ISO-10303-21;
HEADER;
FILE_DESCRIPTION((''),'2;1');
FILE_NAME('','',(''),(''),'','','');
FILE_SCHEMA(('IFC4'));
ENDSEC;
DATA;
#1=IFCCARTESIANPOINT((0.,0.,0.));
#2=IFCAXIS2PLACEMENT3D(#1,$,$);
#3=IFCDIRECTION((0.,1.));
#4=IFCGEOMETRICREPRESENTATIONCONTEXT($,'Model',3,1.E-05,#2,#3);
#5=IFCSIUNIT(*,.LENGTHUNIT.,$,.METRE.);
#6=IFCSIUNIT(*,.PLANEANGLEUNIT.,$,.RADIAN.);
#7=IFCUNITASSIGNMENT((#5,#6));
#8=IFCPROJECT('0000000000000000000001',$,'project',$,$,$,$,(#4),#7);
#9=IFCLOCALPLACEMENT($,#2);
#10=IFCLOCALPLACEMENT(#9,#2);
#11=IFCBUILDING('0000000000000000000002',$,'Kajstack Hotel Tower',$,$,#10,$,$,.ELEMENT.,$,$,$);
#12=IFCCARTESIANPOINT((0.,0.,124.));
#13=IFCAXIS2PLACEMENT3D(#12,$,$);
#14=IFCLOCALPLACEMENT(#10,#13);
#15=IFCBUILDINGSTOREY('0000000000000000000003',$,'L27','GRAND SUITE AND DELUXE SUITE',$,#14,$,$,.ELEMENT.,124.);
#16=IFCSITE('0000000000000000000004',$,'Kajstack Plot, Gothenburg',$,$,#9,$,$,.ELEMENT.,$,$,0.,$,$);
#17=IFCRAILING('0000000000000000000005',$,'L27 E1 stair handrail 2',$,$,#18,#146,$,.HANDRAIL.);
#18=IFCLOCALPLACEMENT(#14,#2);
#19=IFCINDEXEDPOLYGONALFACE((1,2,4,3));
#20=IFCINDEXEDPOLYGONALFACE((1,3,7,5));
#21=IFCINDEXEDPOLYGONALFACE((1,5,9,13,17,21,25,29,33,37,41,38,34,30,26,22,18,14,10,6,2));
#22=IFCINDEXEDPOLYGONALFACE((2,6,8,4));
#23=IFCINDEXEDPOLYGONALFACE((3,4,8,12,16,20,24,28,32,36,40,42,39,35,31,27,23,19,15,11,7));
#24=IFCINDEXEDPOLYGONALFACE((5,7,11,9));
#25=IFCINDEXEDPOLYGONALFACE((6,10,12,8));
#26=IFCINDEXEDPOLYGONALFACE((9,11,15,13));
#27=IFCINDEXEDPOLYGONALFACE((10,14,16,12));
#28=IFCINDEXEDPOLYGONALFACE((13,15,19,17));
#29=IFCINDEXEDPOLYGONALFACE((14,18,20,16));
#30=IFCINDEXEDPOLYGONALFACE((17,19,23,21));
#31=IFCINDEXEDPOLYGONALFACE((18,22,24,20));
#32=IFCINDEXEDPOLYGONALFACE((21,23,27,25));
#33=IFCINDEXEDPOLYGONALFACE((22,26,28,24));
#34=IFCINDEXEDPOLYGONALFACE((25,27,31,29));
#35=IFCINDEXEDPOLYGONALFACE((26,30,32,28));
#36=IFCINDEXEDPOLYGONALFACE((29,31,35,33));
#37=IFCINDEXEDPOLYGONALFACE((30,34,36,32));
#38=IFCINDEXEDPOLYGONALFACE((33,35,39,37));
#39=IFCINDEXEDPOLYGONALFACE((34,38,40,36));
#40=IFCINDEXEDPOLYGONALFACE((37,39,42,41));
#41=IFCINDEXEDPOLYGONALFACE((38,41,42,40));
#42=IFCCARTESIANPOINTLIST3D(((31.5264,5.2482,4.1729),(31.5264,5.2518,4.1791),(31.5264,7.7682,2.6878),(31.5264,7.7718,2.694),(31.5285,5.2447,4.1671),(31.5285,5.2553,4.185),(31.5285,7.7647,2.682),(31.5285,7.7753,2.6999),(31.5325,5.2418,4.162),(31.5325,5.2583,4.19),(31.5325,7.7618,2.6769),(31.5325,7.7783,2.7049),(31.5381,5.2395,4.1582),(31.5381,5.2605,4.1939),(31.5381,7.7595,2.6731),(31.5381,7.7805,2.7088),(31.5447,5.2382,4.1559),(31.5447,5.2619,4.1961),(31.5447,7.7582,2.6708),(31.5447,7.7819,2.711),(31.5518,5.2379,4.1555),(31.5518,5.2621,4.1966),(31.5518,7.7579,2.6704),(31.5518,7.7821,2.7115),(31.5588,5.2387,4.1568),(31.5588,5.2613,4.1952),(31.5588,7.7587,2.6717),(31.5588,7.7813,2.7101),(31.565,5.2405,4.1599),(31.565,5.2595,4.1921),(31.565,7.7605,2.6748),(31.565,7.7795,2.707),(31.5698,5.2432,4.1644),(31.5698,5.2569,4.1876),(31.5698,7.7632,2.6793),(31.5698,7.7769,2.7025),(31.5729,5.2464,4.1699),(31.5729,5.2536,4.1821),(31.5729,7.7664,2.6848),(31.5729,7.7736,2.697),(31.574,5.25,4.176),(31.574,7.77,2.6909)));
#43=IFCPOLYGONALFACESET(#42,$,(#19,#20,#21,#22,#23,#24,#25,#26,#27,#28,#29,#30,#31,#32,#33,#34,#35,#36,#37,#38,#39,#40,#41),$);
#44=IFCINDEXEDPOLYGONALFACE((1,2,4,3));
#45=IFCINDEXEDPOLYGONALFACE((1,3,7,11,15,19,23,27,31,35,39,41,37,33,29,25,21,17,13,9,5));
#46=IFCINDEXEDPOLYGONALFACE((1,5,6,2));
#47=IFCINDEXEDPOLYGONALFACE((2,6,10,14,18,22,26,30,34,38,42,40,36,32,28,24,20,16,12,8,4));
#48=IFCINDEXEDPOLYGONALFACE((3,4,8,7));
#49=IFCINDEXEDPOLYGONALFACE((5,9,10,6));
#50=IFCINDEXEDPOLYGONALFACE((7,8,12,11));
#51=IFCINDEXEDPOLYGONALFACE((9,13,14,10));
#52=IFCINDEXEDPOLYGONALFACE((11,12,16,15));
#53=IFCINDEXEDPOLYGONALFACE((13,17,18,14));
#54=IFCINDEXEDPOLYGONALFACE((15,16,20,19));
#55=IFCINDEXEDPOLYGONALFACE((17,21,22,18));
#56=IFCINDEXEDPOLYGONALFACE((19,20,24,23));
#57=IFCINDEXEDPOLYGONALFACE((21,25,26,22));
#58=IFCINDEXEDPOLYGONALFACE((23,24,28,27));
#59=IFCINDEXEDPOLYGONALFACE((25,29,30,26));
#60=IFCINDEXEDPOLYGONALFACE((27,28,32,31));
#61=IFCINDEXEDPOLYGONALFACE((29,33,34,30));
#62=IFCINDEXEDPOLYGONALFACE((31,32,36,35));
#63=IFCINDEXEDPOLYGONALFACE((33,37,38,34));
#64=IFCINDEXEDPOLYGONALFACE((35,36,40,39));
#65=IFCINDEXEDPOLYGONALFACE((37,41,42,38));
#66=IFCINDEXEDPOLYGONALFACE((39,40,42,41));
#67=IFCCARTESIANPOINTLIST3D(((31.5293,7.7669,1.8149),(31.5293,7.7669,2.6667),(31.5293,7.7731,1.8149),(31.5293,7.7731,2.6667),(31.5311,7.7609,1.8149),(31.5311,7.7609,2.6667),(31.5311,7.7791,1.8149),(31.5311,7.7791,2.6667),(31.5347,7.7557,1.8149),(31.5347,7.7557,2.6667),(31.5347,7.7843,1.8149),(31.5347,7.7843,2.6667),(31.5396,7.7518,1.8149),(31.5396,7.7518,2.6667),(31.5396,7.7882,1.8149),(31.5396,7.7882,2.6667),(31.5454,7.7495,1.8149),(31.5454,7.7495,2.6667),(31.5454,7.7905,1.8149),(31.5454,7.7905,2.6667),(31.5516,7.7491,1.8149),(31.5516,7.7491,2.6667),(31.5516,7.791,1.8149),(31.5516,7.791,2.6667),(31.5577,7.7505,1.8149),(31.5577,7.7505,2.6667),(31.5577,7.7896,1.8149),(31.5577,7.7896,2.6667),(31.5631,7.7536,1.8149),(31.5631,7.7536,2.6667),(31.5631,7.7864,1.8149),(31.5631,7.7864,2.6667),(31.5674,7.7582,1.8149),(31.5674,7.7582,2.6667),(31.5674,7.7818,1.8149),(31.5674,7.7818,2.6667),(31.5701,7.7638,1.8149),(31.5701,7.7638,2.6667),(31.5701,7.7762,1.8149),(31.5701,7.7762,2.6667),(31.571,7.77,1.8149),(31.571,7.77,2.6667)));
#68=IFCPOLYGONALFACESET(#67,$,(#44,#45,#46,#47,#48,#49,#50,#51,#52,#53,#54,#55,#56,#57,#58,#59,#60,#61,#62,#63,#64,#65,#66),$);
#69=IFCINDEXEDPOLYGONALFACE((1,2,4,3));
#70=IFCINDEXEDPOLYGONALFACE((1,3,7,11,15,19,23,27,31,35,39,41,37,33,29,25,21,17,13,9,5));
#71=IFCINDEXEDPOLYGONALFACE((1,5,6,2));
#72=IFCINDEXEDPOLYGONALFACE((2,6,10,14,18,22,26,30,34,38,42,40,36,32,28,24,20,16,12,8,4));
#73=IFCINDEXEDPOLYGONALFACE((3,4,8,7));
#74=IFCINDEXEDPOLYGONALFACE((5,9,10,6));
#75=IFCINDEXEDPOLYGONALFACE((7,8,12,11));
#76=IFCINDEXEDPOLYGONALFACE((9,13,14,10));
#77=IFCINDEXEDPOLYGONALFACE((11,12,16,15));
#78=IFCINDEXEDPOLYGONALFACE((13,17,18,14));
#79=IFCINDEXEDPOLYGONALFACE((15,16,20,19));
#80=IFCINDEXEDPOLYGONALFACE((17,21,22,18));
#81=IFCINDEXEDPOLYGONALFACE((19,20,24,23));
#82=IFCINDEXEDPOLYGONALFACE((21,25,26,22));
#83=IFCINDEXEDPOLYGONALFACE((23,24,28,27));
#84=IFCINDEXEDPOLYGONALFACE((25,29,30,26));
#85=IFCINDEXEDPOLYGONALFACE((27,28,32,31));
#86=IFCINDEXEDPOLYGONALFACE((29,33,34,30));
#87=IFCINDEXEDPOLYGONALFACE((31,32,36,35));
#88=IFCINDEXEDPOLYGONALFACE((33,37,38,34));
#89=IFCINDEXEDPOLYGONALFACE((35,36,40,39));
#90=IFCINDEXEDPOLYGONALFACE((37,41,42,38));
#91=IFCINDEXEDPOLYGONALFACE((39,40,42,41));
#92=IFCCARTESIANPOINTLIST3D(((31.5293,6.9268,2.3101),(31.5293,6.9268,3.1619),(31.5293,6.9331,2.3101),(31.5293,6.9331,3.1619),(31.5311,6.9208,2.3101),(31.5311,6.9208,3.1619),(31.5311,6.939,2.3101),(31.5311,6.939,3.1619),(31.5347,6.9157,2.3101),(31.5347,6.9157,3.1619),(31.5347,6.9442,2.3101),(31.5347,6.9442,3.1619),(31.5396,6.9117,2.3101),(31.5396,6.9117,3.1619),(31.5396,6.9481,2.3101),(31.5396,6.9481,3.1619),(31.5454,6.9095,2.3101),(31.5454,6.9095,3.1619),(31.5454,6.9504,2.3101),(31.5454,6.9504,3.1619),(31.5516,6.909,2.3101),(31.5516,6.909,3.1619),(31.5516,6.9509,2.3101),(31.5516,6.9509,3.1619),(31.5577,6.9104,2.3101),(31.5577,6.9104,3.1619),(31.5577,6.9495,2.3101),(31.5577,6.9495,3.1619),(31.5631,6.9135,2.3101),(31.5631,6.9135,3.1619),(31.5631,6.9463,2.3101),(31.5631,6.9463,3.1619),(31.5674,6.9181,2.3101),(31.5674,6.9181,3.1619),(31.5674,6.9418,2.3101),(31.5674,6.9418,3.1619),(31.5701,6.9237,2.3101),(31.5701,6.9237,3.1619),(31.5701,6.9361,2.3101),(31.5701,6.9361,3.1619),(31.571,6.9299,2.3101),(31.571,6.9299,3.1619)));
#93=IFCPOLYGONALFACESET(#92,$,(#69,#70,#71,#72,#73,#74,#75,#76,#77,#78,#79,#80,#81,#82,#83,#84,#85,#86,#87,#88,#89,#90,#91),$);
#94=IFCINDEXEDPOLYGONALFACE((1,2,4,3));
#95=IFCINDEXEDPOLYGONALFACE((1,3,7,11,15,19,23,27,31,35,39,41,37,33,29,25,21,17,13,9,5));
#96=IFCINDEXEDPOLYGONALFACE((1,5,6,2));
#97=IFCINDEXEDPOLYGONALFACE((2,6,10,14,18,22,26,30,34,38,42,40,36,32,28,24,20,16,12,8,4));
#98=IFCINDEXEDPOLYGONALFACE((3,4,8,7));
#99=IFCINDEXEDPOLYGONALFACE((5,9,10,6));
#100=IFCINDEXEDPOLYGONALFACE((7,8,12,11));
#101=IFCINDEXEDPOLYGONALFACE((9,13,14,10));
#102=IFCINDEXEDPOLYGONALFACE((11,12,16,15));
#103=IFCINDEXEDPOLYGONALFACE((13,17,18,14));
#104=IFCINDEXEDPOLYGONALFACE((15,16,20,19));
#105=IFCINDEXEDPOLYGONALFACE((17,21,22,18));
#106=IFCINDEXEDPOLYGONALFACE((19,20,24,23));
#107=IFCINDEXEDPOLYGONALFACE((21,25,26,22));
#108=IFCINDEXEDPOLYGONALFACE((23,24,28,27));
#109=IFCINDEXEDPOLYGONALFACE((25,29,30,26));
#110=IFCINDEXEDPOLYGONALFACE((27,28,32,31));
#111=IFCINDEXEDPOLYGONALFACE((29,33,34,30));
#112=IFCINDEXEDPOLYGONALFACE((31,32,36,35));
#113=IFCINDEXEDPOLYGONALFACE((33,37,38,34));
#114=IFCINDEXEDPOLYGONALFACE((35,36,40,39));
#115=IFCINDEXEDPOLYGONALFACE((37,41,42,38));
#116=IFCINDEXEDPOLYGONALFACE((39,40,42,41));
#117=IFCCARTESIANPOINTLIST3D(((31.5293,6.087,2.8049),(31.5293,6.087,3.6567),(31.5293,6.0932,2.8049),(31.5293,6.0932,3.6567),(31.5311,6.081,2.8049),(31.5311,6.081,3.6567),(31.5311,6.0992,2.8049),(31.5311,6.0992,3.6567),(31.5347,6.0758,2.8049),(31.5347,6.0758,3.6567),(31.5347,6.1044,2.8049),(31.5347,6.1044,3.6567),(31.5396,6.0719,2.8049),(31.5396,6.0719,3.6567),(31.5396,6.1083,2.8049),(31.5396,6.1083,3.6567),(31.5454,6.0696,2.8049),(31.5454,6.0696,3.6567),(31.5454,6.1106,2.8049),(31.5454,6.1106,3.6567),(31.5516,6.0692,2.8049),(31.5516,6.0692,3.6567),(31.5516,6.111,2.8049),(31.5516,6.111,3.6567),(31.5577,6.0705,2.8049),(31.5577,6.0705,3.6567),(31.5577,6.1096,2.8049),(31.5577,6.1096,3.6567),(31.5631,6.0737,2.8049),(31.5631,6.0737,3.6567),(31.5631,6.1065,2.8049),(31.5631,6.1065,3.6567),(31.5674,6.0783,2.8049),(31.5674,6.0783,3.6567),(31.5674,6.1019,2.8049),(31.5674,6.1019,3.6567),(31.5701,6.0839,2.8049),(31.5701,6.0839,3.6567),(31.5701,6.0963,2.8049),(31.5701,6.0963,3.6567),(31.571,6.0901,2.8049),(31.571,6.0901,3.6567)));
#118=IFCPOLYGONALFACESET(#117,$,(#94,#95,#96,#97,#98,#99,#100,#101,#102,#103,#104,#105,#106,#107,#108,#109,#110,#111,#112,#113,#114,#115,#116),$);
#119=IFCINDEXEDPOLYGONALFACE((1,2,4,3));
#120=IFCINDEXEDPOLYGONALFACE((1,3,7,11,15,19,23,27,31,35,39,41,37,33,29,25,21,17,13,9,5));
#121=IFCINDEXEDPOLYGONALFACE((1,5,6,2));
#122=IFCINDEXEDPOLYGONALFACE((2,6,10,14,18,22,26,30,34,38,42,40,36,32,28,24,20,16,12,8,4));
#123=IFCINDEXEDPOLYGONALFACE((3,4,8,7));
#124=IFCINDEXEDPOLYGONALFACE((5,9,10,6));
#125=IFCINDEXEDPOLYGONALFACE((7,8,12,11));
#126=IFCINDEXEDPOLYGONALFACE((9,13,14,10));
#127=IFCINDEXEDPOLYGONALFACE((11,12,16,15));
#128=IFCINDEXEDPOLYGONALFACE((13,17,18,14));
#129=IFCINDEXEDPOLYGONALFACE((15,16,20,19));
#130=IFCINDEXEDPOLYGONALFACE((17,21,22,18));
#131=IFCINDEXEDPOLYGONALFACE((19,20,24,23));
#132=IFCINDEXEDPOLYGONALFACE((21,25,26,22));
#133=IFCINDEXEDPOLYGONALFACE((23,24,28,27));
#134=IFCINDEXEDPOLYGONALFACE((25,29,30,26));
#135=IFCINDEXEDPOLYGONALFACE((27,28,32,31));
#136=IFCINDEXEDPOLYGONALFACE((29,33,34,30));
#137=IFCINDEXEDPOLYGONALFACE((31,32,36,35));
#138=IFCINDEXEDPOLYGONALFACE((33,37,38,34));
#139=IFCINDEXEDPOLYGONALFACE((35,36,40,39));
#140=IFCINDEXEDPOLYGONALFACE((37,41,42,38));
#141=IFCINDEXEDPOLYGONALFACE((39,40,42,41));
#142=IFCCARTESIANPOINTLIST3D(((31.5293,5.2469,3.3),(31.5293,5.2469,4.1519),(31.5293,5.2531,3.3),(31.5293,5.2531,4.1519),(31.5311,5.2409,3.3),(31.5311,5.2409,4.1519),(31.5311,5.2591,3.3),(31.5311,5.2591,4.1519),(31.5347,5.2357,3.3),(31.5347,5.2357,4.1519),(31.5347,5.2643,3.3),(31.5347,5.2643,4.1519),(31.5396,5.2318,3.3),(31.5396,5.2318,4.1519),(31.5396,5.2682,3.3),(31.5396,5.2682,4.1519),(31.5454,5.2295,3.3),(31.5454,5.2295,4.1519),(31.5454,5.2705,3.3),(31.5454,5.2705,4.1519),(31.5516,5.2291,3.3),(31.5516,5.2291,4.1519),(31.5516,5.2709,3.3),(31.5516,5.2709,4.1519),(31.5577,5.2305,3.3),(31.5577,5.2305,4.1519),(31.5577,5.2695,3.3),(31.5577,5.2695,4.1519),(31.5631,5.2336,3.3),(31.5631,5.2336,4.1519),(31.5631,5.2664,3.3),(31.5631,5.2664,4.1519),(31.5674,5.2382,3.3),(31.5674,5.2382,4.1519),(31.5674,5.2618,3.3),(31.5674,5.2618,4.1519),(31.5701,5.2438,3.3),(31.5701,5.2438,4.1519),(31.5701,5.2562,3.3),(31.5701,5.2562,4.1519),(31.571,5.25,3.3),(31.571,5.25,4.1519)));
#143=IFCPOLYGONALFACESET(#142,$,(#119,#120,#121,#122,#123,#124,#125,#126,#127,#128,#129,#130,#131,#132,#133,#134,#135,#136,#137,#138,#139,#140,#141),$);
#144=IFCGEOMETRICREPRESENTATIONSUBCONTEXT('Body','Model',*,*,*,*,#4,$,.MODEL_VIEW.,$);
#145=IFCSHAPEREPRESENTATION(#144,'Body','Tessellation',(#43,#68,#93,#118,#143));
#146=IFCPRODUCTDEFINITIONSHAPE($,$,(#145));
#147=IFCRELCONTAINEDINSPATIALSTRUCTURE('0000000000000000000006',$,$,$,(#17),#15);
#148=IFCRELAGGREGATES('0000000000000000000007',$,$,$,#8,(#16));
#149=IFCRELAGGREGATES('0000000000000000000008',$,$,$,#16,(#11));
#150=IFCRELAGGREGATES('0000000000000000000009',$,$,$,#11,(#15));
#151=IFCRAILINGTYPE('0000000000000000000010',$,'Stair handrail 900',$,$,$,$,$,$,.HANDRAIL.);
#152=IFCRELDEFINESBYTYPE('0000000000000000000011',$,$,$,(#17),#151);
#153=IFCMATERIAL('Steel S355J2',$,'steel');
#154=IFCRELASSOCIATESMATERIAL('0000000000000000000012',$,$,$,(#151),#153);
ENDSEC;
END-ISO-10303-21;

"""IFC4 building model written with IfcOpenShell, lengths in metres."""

from ifc_helpers import new_model, si_unit, direction, frame, origin, origin_2d, place, context, subcontext, project, spatial, circle, extrude, material, type_object, element, save


model = new_model("IFC4")

# Units and contexts
model_context = context("Model", 3, precision=1e-05, world=origin(), true_north=direction((0.0, 1.0)))
body_context = subcontext(model_context, "Body", "Model", "MODEL_VIEW")
ifc_project = project(units=[si_unit("LENGTHUNIT", "METRE"), si_unit("PLANEANGLEUNIT", "RADIAN")], contexts=[model_context])

# Site, building, storey
site_placement = place(None, origin())
site = spatial("IfcSite", under=ifc_project, at=site_placement, Name="Kajstack Plot, Gothenburg", CompositionType="ELEMENT", RefElevation=0.0)
building_placement = place(site_placement, origin())
building = spatial("IfcBuilding", under=site, at=building_placement, Name="Kajstack Hotel Tower", CompositionType="ELEMENT")
storey_placement = place(building_placement, frame((0.0, 0.0, 124.0)))
storey = spatial("IfcBuildingStorey", under=building, at=storey_placement, Name="L27", Description="GRAND SUITE AND DELUXE SUITE", CompositionType="ELEMENT", Elevation=124.0)

# Railing
ifc_material_1 = material(Name="Steel S355J2", Category="steel")
railing_type_1 = type_object("IfcRailingType", Name="Stair handrail 900", PredefinedType="HANDRAIL", material=ifc_material_1)
railing_1_placement = place(storey_placement, frame((31.55, 7.77, 1.8149)))
element("IfcRailing", 1, at=railing_1_placement, inside=storey, type_object=railing_type_1, Name="L27 E1 stair handrail 2", PredefinedType="HANDRAIL", context=body_context, shape_type="SweptSolid", body=[
    extrude(circle(Radius=0.0239, at=origin_2d()), frame((0.0, 0.0, 0.876), z_axis=(0.0, -0.861524, 0.507717), x_axis=(1.0, 0.0, 0.0)), (0.0, 0.0, 1.0), 2.925),
    extrude(circle(Radius=0.021, at=origin_2d()), origin(), (0.0, 0.0, 1.0), 0.8518),
    extrude(circle(Radius=0.021, at=origin_2d()), frame((0.0, -0.8401, 0.4951)), (0.0, 0.0, 1.0), 0.8518),
    extrude(circle(Radius=0.021, at=origin_2d()), frame((0.0, -1.6799, 0.99)), (0.0, 0.0, 1.0), 0.8518),
    extrude(circle(Radius=0.021, at=origin_2d()), frame((0.0, -2.52, 1.4851)), (0.0, 0.0, 1.0), 0.8518),
])

save(model, "model.ifc")
